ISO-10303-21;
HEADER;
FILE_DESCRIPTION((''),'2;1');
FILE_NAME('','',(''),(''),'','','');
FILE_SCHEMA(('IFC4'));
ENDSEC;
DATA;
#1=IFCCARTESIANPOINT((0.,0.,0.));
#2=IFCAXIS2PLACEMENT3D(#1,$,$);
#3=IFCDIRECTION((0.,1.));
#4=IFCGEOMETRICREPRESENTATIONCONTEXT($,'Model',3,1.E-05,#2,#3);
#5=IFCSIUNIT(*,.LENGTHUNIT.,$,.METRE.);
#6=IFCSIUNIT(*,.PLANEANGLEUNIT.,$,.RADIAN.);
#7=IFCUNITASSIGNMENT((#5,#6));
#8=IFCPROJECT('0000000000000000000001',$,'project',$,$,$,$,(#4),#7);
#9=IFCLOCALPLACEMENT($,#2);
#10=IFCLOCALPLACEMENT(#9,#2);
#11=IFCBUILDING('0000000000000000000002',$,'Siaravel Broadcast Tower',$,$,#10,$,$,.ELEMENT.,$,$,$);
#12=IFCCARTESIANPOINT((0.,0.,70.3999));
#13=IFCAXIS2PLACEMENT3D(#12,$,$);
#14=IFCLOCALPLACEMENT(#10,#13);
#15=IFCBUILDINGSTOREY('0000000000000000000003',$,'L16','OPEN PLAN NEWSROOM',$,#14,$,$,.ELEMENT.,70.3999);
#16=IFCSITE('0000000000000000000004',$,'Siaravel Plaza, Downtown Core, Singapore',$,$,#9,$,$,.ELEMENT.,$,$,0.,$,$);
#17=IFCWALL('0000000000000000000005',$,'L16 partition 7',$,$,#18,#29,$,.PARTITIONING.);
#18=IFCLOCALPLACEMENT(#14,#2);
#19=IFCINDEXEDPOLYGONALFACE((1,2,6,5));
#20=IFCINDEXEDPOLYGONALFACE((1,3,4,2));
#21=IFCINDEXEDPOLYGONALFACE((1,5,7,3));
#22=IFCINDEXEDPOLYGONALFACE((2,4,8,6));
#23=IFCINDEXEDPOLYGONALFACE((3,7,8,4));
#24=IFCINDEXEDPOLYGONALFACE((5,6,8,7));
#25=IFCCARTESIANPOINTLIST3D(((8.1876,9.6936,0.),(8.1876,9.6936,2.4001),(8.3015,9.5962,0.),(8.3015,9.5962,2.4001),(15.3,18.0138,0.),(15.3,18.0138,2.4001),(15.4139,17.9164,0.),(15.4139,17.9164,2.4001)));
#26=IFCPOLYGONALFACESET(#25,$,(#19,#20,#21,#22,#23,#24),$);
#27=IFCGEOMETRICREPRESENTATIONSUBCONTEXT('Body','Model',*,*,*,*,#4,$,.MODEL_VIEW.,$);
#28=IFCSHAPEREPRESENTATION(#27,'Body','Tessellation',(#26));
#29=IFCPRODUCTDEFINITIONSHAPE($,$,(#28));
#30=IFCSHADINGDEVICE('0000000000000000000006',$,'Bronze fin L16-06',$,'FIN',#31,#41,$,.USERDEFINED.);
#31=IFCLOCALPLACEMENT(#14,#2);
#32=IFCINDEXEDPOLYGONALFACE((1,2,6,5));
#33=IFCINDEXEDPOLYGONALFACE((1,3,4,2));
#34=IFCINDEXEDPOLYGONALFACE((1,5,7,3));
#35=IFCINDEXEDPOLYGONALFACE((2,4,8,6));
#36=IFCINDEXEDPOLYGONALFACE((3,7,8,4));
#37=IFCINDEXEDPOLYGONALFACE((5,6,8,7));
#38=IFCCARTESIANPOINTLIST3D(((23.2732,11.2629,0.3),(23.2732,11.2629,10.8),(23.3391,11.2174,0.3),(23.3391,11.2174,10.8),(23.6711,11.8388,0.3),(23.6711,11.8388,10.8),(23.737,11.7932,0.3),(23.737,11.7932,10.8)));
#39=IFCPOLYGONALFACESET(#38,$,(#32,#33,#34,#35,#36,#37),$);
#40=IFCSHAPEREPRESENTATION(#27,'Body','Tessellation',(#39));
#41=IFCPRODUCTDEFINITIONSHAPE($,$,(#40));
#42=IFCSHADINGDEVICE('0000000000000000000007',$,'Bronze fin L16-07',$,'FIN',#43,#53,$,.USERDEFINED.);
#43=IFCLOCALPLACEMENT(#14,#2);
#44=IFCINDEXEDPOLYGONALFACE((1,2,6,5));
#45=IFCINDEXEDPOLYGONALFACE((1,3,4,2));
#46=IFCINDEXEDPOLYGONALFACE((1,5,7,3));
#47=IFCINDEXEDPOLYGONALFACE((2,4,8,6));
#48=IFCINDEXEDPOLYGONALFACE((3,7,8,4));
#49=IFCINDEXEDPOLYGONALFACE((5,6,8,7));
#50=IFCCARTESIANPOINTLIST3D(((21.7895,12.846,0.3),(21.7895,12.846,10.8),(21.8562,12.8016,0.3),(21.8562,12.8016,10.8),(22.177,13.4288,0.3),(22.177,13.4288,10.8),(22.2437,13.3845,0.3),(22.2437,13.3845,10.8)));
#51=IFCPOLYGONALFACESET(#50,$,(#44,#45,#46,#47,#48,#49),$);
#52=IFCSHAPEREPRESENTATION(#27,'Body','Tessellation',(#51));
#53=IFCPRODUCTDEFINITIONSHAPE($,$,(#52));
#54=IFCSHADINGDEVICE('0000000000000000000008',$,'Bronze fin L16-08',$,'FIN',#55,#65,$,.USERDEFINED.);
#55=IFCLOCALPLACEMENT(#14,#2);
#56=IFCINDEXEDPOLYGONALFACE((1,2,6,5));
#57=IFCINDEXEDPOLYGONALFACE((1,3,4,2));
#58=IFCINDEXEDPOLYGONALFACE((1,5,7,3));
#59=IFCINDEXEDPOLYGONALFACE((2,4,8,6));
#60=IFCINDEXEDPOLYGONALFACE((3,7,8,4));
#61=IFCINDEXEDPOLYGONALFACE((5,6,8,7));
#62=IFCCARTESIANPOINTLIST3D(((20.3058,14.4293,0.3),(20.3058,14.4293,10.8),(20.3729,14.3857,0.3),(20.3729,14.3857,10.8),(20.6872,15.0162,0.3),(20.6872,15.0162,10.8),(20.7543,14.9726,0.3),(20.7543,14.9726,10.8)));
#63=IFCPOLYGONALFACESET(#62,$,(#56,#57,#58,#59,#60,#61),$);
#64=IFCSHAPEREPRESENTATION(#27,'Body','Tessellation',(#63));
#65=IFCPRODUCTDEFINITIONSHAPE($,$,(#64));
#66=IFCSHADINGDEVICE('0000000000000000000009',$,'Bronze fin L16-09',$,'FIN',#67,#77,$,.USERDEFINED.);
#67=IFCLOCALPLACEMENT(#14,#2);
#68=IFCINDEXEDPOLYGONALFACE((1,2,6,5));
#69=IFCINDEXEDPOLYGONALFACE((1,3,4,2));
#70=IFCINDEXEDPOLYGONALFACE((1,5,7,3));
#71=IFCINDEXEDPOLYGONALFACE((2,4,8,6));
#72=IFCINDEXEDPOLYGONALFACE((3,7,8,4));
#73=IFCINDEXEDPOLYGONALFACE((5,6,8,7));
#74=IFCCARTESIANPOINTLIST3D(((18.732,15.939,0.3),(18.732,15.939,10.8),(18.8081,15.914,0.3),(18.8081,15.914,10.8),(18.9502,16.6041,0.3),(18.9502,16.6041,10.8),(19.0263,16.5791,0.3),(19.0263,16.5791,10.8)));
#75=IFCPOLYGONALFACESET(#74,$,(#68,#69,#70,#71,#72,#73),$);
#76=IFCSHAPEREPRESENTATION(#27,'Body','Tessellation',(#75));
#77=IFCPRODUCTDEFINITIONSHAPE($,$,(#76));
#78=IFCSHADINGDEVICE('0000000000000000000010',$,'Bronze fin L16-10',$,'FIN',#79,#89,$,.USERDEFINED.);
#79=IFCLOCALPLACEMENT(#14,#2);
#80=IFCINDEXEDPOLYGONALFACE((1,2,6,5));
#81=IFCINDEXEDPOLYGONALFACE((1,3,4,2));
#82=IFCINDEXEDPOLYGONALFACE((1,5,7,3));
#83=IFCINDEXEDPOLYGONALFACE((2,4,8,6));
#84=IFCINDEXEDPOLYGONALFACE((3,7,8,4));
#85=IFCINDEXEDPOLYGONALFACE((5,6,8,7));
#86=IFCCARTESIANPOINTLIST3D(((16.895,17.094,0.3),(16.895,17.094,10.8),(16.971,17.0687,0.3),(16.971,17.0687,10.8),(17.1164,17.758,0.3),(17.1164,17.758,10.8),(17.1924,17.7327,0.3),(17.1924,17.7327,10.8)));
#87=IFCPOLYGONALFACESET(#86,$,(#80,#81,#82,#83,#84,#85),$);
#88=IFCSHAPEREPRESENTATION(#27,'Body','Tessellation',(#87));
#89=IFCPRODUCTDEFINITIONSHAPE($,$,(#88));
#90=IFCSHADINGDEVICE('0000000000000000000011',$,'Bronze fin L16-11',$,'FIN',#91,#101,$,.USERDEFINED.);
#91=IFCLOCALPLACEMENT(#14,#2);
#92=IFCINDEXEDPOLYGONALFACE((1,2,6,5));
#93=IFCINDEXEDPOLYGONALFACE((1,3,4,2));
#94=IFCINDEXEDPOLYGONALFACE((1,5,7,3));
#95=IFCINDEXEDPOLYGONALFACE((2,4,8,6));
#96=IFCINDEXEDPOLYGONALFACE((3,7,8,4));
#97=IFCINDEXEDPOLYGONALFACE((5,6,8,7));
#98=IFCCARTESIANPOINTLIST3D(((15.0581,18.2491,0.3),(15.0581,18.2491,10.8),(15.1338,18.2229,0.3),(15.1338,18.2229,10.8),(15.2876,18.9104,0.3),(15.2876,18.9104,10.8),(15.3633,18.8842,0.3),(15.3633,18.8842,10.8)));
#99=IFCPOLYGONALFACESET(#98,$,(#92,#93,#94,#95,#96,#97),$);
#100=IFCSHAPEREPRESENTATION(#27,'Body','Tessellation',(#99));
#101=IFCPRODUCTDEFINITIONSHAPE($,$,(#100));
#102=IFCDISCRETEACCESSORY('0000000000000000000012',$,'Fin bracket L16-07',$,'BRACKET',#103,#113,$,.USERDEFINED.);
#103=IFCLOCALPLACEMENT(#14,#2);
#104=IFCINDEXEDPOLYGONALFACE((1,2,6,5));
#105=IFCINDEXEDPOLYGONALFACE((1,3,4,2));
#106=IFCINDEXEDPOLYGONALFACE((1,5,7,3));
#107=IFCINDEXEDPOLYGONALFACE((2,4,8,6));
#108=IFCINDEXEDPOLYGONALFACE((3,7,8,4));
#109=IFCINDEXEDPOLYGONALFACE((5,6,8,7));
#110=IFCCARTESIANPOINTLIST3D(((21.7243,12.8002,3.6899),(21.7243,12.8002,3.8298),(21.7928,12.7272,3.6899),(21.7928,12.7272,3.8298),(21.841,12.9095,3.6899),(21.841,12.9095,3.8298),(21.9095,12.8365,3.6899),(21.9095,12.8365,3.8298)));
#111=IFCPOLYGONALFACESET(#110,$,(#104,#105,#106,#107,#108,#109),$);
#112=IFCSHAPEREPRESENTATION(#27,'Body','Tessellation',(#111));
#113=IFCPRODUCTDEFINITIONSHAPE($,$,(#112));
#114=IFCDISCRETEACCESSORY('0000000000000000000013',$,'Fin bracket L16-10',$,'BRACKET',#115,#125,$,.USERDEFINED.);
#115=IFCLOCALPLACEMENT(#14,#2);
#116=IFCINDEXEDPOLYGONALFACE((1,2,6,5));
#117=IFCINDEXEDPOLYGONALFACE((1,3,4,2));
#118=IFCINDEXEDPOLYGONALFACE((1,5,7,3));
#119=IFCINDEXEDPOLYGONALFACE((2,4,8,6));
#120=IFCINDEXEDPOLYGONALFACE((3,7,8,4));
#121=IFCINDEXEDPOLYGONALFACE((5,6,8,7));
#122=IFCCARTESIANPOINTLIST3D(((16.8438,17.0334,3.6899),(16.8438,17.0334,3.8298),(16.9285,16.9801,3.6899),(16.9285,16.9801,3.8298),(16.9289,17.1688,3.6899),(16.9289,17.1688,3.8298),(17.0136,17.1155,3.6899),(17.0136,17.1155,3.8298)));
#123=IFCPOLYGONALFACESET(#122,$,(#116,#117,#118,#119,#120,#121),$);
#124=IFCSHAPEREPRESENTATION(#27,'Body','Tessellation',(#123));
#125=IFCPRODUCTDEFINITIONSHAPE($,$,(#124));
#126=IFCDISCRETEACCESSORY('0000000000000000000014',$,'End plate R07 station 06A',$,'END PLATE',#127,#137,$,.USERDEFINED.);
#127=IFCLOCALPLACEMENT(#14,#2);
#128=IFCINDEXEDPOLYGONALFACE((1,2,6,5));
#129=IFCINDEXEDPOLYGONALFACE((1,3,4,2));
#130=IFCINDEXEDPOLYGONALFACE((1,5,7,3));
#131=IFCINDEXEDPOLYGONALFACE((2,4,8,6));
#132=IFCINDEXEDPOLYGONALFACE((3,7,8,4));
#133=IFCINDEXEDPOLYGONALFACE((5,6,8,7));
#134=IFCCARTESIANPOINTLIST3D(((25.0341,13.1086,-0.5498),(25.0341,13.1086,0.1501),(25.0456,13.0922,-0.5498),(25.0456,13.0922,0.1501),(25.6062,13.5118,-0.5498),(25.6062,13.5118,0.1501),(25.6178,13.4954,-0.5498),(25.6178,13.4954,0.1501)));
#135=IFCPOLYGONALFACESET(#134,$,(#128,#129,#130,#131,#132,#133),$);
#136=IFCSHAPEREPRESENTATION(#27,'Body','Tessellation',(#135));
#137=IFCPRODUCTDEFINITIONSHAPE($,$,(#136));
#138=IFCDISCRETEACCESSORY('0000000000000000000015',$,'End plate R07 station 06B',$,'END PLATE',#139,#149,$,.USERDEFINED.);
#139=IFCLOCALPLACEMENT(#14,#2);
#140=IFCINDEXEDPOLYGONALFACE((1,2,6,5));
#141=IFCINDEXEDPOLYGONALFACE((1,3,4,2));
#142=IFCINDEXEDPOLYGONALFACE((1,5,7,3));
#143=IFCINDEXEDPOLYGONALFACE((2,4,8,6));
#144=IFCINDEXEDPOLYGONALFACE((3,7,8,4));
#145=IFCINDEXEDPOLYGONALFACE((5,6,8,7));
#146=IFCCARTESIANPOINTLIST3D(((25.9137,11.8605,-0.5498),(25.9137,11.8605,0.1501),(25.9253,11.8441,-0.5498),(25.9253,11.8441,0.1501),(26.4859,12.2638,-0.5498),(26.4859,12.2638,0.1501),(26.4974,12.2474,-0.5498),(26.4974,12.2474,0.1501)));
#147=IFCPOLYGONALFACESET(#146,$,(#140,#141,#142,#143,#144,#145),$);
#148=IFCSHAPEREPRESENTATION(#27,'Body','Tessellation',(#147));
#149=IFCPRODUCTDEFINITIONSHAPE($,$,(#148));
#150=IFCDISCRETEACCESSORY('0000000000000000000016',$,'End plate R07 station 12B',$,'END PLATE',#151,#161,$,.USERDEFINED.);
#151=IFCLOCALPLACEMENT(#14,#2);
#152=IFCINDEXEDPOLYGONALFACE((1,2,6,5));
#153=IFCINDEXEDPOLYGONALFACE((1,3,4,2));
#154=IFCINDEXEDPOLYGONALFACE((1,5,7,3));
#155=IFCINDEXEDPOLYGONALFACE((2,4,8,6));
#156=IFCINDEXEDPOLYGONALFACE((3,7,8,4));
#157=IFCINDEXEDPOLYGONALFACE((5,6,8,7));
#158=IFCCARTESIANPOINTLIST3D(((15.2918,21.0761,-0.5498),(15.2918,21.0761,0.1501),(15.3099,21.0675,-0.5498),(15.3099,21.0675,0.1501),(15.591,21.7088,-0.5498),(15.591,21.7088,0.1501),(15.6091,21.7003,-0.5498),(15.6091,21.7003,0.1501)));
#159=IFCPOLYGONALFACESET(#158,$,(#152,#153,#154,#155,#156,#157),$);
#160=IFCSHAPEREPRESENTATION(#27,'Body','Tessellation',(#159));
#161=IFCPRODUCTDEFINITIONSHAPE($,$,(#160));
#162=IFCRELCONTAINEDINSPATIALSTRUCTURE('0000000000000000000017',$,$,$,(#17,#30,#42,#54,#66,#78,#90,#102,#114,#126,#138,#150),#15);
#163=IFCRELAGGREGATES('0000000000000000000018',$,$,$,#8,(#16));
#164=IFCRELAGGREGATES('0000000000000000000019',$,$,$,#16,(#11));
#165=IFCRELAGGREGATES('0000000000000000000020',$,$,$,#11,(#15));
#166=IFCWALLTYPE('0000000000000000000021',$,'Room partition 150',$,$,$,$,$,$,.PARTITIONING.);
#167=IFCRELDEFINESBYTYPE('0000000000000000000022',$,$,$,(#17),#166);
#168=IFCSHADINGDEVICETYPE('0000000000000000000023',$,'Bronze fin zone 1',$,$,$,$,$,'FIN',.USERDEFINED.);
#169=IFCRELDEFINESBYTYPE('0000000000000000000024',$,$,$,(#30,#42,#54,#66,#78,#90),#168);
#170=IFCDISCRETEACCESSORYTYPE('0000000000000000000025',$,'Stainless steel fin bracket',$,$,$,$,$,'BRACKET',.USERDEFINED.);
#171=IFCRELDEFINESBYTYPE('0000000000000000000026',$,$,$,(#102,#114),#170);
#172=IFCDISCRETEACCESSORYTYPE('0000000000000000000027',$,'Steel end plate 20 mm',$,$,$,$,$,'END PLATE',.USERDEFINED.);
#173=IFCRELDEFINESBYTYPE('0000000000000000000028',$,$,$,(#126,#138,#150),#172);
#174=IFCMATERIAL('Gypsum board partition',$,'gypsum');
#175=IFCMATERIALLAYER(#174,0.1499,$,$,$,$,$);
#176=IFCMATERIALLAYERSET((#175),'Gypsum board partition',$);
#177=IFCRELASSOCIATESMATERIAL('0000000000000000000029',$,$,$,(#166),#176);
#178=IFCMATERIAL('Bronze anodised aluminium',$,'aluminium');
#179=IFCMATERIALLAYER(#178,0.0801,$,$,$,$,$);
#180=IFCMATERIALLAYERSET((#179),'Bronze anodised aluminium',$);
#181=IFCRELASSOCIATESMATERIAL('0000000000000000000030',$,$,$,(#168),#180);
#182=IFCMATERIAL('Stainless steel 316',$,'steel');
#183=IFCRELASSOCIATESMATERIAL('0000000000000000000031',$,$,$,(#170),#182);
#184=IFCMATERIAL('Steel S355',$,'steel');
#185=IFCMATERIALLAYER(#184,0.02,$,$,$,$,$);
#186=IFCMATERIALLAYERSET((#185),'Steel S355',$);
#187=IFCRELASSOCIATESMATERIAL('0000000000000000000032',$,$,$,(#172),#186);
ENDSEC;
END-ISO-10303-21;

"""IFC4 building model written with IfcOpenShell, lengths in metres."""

from ifc_helpers import new_model, si_unit, direction, frame, frame_2d, origin, origin_2d, place, context, subcontext, project, spatial, rectangle, extrude, material, layer, layer_set, type_object, element, save


model = new_model("IFC4")

# Units and contexts
model_context = context("Model", 3, precision=1e-05, world=origin(), true_north=direction((0.0, 1.0)))
body_context = subcontext(model_context, "Body", "Model", "MODEL_VIEW")
ifc_project = project(units=[si_unit("LENGTHUNIT", "METRE"), si_unit("PLANEANGLEUNIT", "RADIAN")], contexts=[model_context])

# Site, building, storey
site_placement = place(None, origin())
site = spatial("IfcSite", under=ifc_project, at=site_placement, Name="Siaravel Plaza, Downtown Core, Singapore", CompositionType="ELEMENT", RefElevation=0.0)
building_placement = place(site_placement, origin())
building = spatial("IfcBuilding", under=site, at=building_placement, Name="Siaravel Broadcast Tower", CompositionType="ELEMENT")
storey_placement = place(building_placement, frame((0.0, 0.0, 70.3999)))
storey = spatial("IfcBuildingStorey", under=building, at=storey_placement, Name="L16", Description="OPEN PLAN NEWSROOM", CompositionType="ELEMENT", Elevation=70.3999)

# Shared definitions
ifc_material_1 = material(Name="Steel S355", Category="steel")

# Wall
ifc_material_2 = material(Name="Gypsum board partition", Category="gypsum")
ifc_layer_1 = layer(ifc_material_2, 0.1499)
ifc_layer_set_1 = layer_set([ifc_layer_1], Name="Gypsum board partition")
wall_type = type_object("IfcWallType", Name="Room partition 150", PredefinedType="PARTITIONING", material=ifc_layer_set_1)
wall_placement = place(storey_placement, frame((15.3569, 17.9651, 0.0), z_axis=(0.0, 0.0, 1.0), x_axis=(-0.649781, -0.760122, 0.0)))
element("IfcWall", 1, at=wall_placement, inside=storey, type_object=wall_type, Name="L16 partition 7", PredefinedType="PARTITIONING", context=body_context, shape_type="SweptSolid", body=[
    extrude(rectangle(XDim=10.9458, YDim=0.1499, at=frame_2d((5.4729, 0.0))), origin(), (0.0, 0.0, 1.0), 2.4001),
])

# Shading devices
ifc_material_3 = material(Name="Bronze anodised aluminium", Category="aluminium")
ifc_layer_2 = layer(ifc_material_3, 0.0801)
ifc_layer_set_2 = layer_set([ifc_layer_2], Name="Bronze anodised aluminium")
shading_device_type = type_object("IfcShadingDeviceType", Name="Bronze fin zone 1", ElementType="FIN", PredefinedType="USERDEFINED", material=ifc_layer_set_2)
for number, where, z_axis, x_axis, name in (
    (2, (23.5051, 11.5281, 0.3), (0.0, 0.0, 1.0), (0.568494, 0.822687, 0.0), "Bronze fin L16-06"),
    (3, (22.0166, 13.1152, 0.3), (0.0, 0.0, 1.0), (0.553633, 0.832761, 0.0), "Bronze fin L16-07"),
    (4, (20.53, 14.7009, 0.3), (0.0, 0.0, 1.0), (0.544914, 0.838492, 0.0), "Bronze fin L16-08"),
    (5, (18.8792, 16.259, 0.3), (0.0, 0.0, 1.0), (0.311645, 0.950199, 0.0), "Bronze fin L16-09"),
    (6, (17.0437, 17.4133, 0.3), (0.0, 0.0, 1.0), (0.316378, 0.948633, 0.0), "Bronze fin L16-10"),
    (7, (15.2107, 18.5667, 0.3), (0.0, 0.0, 1.0), (0.327869, 0.944723, 0.0), "Bronze fin L16-11"),
):
    element("IfcShadingDevice", number, at=place(storey_placement, frame(where, z_axis=z_axis, x_axis=x_axis)), inside=storey, type_object=shading_device_type, Name=name, ObjectType="FIN", PredefinedType="USERDEFINED", context=body_context, shape_type="SweptSolid", body=[
        extrude(rectangle(XDim=0.7, YDim=0.0801, at=origin_2d()), origin(), (0.0, 0.0, 1.0), 10.5),
    ])

# Discrete accessories
ifc_material_4 = material(Name="Stainless steel 316", Category="steel")
discrete_accessory_type_1 = type_object("IfcDiscreteAccessoryType", Name="Stainless steel fin bracket", ElementType="BRACKET", PredefinedType="USERDEFINED", material=ifc_material_4)
for number, where, z_axis, x_axis, name in (
    (8, (21.8169, 12.8184, 3.6899), (0.0, 0.0, 1.0), (0.729806, 0.683655, 0.0), "Fin bracket L16-07"),
    (9, (16.9287, 17.0745, 3.6899), (0.0, 0.0, 1.0), (0.532149, 0.84665, 0.0), "Fin bracket L16-10"),
):
    element("IfcDiscreteAccessory", number, at=place(storey_placement, frame(where, z_axis=z_axis, x_axis=x_axis)), inside=storey, type_object=discrete_accessory_type_1, Name=name, ObjectType="BRACKET", PredefinedType="USERDEFINED", context=body_context, shape_type="SweptSolid", body=[
        extrude(rectangle(XDim=0.1599, YDim=0.1001, at=origin_2d()), origin(), (0.0, 0.0, 1.0), 0.1399),
    ])
ifc_layer_3 = layer(ifc_material_1, 0.02)
ifc_layer_set_3 = layer_set([ifc_layer_3], Name="Steel S355")
discrete_accessory_type_2 = type_object("IfcDiscreteAccessoryType", Name="Steel end plate 20 mm", ElementType="END PLATE", PredefinedType="USERDEFINED", material=ifc_layer_set_3)
for number, where, z_axis, x_axis, name in (
    (10, (25.3259, 13.302, -0.5498), (0.0, 0.0, 1.0), (-0.57612, 0.817365, 0.0), "End plate R07 station 06A"),
    (11, (26.2056, 12.054, -0.5498), (0.0, 0.0, 1.0), (-0.57612, 0.817365, 0.0), "End plate R07 station 06B"),
    (12, (15.4504, 21.3882, -0.5498), (0.0, 0.0, 1.0), (-0.904007, 0.427517, 0.0), "End plate R07 station 12B"),
):
    element("IfcDiscreteAccessory", number, at=place(storey_placement, frame(where, z_axis=z_axis, x_axis=x_axis)), inside=storey, type_object=discrete_accessory_type_2, Name=name, ObjectType="END PLATE", PredefinedType="USERDEFINED", context=body_context, shape_type="SweptSolid", body=[
        extrude(rectangle(XDim=0.02, YDim=0.7, at=origin_2d()), origin(), (0.0, 0.0, 1.0), 0.7),
    ])

save(model, "model.ifc")
